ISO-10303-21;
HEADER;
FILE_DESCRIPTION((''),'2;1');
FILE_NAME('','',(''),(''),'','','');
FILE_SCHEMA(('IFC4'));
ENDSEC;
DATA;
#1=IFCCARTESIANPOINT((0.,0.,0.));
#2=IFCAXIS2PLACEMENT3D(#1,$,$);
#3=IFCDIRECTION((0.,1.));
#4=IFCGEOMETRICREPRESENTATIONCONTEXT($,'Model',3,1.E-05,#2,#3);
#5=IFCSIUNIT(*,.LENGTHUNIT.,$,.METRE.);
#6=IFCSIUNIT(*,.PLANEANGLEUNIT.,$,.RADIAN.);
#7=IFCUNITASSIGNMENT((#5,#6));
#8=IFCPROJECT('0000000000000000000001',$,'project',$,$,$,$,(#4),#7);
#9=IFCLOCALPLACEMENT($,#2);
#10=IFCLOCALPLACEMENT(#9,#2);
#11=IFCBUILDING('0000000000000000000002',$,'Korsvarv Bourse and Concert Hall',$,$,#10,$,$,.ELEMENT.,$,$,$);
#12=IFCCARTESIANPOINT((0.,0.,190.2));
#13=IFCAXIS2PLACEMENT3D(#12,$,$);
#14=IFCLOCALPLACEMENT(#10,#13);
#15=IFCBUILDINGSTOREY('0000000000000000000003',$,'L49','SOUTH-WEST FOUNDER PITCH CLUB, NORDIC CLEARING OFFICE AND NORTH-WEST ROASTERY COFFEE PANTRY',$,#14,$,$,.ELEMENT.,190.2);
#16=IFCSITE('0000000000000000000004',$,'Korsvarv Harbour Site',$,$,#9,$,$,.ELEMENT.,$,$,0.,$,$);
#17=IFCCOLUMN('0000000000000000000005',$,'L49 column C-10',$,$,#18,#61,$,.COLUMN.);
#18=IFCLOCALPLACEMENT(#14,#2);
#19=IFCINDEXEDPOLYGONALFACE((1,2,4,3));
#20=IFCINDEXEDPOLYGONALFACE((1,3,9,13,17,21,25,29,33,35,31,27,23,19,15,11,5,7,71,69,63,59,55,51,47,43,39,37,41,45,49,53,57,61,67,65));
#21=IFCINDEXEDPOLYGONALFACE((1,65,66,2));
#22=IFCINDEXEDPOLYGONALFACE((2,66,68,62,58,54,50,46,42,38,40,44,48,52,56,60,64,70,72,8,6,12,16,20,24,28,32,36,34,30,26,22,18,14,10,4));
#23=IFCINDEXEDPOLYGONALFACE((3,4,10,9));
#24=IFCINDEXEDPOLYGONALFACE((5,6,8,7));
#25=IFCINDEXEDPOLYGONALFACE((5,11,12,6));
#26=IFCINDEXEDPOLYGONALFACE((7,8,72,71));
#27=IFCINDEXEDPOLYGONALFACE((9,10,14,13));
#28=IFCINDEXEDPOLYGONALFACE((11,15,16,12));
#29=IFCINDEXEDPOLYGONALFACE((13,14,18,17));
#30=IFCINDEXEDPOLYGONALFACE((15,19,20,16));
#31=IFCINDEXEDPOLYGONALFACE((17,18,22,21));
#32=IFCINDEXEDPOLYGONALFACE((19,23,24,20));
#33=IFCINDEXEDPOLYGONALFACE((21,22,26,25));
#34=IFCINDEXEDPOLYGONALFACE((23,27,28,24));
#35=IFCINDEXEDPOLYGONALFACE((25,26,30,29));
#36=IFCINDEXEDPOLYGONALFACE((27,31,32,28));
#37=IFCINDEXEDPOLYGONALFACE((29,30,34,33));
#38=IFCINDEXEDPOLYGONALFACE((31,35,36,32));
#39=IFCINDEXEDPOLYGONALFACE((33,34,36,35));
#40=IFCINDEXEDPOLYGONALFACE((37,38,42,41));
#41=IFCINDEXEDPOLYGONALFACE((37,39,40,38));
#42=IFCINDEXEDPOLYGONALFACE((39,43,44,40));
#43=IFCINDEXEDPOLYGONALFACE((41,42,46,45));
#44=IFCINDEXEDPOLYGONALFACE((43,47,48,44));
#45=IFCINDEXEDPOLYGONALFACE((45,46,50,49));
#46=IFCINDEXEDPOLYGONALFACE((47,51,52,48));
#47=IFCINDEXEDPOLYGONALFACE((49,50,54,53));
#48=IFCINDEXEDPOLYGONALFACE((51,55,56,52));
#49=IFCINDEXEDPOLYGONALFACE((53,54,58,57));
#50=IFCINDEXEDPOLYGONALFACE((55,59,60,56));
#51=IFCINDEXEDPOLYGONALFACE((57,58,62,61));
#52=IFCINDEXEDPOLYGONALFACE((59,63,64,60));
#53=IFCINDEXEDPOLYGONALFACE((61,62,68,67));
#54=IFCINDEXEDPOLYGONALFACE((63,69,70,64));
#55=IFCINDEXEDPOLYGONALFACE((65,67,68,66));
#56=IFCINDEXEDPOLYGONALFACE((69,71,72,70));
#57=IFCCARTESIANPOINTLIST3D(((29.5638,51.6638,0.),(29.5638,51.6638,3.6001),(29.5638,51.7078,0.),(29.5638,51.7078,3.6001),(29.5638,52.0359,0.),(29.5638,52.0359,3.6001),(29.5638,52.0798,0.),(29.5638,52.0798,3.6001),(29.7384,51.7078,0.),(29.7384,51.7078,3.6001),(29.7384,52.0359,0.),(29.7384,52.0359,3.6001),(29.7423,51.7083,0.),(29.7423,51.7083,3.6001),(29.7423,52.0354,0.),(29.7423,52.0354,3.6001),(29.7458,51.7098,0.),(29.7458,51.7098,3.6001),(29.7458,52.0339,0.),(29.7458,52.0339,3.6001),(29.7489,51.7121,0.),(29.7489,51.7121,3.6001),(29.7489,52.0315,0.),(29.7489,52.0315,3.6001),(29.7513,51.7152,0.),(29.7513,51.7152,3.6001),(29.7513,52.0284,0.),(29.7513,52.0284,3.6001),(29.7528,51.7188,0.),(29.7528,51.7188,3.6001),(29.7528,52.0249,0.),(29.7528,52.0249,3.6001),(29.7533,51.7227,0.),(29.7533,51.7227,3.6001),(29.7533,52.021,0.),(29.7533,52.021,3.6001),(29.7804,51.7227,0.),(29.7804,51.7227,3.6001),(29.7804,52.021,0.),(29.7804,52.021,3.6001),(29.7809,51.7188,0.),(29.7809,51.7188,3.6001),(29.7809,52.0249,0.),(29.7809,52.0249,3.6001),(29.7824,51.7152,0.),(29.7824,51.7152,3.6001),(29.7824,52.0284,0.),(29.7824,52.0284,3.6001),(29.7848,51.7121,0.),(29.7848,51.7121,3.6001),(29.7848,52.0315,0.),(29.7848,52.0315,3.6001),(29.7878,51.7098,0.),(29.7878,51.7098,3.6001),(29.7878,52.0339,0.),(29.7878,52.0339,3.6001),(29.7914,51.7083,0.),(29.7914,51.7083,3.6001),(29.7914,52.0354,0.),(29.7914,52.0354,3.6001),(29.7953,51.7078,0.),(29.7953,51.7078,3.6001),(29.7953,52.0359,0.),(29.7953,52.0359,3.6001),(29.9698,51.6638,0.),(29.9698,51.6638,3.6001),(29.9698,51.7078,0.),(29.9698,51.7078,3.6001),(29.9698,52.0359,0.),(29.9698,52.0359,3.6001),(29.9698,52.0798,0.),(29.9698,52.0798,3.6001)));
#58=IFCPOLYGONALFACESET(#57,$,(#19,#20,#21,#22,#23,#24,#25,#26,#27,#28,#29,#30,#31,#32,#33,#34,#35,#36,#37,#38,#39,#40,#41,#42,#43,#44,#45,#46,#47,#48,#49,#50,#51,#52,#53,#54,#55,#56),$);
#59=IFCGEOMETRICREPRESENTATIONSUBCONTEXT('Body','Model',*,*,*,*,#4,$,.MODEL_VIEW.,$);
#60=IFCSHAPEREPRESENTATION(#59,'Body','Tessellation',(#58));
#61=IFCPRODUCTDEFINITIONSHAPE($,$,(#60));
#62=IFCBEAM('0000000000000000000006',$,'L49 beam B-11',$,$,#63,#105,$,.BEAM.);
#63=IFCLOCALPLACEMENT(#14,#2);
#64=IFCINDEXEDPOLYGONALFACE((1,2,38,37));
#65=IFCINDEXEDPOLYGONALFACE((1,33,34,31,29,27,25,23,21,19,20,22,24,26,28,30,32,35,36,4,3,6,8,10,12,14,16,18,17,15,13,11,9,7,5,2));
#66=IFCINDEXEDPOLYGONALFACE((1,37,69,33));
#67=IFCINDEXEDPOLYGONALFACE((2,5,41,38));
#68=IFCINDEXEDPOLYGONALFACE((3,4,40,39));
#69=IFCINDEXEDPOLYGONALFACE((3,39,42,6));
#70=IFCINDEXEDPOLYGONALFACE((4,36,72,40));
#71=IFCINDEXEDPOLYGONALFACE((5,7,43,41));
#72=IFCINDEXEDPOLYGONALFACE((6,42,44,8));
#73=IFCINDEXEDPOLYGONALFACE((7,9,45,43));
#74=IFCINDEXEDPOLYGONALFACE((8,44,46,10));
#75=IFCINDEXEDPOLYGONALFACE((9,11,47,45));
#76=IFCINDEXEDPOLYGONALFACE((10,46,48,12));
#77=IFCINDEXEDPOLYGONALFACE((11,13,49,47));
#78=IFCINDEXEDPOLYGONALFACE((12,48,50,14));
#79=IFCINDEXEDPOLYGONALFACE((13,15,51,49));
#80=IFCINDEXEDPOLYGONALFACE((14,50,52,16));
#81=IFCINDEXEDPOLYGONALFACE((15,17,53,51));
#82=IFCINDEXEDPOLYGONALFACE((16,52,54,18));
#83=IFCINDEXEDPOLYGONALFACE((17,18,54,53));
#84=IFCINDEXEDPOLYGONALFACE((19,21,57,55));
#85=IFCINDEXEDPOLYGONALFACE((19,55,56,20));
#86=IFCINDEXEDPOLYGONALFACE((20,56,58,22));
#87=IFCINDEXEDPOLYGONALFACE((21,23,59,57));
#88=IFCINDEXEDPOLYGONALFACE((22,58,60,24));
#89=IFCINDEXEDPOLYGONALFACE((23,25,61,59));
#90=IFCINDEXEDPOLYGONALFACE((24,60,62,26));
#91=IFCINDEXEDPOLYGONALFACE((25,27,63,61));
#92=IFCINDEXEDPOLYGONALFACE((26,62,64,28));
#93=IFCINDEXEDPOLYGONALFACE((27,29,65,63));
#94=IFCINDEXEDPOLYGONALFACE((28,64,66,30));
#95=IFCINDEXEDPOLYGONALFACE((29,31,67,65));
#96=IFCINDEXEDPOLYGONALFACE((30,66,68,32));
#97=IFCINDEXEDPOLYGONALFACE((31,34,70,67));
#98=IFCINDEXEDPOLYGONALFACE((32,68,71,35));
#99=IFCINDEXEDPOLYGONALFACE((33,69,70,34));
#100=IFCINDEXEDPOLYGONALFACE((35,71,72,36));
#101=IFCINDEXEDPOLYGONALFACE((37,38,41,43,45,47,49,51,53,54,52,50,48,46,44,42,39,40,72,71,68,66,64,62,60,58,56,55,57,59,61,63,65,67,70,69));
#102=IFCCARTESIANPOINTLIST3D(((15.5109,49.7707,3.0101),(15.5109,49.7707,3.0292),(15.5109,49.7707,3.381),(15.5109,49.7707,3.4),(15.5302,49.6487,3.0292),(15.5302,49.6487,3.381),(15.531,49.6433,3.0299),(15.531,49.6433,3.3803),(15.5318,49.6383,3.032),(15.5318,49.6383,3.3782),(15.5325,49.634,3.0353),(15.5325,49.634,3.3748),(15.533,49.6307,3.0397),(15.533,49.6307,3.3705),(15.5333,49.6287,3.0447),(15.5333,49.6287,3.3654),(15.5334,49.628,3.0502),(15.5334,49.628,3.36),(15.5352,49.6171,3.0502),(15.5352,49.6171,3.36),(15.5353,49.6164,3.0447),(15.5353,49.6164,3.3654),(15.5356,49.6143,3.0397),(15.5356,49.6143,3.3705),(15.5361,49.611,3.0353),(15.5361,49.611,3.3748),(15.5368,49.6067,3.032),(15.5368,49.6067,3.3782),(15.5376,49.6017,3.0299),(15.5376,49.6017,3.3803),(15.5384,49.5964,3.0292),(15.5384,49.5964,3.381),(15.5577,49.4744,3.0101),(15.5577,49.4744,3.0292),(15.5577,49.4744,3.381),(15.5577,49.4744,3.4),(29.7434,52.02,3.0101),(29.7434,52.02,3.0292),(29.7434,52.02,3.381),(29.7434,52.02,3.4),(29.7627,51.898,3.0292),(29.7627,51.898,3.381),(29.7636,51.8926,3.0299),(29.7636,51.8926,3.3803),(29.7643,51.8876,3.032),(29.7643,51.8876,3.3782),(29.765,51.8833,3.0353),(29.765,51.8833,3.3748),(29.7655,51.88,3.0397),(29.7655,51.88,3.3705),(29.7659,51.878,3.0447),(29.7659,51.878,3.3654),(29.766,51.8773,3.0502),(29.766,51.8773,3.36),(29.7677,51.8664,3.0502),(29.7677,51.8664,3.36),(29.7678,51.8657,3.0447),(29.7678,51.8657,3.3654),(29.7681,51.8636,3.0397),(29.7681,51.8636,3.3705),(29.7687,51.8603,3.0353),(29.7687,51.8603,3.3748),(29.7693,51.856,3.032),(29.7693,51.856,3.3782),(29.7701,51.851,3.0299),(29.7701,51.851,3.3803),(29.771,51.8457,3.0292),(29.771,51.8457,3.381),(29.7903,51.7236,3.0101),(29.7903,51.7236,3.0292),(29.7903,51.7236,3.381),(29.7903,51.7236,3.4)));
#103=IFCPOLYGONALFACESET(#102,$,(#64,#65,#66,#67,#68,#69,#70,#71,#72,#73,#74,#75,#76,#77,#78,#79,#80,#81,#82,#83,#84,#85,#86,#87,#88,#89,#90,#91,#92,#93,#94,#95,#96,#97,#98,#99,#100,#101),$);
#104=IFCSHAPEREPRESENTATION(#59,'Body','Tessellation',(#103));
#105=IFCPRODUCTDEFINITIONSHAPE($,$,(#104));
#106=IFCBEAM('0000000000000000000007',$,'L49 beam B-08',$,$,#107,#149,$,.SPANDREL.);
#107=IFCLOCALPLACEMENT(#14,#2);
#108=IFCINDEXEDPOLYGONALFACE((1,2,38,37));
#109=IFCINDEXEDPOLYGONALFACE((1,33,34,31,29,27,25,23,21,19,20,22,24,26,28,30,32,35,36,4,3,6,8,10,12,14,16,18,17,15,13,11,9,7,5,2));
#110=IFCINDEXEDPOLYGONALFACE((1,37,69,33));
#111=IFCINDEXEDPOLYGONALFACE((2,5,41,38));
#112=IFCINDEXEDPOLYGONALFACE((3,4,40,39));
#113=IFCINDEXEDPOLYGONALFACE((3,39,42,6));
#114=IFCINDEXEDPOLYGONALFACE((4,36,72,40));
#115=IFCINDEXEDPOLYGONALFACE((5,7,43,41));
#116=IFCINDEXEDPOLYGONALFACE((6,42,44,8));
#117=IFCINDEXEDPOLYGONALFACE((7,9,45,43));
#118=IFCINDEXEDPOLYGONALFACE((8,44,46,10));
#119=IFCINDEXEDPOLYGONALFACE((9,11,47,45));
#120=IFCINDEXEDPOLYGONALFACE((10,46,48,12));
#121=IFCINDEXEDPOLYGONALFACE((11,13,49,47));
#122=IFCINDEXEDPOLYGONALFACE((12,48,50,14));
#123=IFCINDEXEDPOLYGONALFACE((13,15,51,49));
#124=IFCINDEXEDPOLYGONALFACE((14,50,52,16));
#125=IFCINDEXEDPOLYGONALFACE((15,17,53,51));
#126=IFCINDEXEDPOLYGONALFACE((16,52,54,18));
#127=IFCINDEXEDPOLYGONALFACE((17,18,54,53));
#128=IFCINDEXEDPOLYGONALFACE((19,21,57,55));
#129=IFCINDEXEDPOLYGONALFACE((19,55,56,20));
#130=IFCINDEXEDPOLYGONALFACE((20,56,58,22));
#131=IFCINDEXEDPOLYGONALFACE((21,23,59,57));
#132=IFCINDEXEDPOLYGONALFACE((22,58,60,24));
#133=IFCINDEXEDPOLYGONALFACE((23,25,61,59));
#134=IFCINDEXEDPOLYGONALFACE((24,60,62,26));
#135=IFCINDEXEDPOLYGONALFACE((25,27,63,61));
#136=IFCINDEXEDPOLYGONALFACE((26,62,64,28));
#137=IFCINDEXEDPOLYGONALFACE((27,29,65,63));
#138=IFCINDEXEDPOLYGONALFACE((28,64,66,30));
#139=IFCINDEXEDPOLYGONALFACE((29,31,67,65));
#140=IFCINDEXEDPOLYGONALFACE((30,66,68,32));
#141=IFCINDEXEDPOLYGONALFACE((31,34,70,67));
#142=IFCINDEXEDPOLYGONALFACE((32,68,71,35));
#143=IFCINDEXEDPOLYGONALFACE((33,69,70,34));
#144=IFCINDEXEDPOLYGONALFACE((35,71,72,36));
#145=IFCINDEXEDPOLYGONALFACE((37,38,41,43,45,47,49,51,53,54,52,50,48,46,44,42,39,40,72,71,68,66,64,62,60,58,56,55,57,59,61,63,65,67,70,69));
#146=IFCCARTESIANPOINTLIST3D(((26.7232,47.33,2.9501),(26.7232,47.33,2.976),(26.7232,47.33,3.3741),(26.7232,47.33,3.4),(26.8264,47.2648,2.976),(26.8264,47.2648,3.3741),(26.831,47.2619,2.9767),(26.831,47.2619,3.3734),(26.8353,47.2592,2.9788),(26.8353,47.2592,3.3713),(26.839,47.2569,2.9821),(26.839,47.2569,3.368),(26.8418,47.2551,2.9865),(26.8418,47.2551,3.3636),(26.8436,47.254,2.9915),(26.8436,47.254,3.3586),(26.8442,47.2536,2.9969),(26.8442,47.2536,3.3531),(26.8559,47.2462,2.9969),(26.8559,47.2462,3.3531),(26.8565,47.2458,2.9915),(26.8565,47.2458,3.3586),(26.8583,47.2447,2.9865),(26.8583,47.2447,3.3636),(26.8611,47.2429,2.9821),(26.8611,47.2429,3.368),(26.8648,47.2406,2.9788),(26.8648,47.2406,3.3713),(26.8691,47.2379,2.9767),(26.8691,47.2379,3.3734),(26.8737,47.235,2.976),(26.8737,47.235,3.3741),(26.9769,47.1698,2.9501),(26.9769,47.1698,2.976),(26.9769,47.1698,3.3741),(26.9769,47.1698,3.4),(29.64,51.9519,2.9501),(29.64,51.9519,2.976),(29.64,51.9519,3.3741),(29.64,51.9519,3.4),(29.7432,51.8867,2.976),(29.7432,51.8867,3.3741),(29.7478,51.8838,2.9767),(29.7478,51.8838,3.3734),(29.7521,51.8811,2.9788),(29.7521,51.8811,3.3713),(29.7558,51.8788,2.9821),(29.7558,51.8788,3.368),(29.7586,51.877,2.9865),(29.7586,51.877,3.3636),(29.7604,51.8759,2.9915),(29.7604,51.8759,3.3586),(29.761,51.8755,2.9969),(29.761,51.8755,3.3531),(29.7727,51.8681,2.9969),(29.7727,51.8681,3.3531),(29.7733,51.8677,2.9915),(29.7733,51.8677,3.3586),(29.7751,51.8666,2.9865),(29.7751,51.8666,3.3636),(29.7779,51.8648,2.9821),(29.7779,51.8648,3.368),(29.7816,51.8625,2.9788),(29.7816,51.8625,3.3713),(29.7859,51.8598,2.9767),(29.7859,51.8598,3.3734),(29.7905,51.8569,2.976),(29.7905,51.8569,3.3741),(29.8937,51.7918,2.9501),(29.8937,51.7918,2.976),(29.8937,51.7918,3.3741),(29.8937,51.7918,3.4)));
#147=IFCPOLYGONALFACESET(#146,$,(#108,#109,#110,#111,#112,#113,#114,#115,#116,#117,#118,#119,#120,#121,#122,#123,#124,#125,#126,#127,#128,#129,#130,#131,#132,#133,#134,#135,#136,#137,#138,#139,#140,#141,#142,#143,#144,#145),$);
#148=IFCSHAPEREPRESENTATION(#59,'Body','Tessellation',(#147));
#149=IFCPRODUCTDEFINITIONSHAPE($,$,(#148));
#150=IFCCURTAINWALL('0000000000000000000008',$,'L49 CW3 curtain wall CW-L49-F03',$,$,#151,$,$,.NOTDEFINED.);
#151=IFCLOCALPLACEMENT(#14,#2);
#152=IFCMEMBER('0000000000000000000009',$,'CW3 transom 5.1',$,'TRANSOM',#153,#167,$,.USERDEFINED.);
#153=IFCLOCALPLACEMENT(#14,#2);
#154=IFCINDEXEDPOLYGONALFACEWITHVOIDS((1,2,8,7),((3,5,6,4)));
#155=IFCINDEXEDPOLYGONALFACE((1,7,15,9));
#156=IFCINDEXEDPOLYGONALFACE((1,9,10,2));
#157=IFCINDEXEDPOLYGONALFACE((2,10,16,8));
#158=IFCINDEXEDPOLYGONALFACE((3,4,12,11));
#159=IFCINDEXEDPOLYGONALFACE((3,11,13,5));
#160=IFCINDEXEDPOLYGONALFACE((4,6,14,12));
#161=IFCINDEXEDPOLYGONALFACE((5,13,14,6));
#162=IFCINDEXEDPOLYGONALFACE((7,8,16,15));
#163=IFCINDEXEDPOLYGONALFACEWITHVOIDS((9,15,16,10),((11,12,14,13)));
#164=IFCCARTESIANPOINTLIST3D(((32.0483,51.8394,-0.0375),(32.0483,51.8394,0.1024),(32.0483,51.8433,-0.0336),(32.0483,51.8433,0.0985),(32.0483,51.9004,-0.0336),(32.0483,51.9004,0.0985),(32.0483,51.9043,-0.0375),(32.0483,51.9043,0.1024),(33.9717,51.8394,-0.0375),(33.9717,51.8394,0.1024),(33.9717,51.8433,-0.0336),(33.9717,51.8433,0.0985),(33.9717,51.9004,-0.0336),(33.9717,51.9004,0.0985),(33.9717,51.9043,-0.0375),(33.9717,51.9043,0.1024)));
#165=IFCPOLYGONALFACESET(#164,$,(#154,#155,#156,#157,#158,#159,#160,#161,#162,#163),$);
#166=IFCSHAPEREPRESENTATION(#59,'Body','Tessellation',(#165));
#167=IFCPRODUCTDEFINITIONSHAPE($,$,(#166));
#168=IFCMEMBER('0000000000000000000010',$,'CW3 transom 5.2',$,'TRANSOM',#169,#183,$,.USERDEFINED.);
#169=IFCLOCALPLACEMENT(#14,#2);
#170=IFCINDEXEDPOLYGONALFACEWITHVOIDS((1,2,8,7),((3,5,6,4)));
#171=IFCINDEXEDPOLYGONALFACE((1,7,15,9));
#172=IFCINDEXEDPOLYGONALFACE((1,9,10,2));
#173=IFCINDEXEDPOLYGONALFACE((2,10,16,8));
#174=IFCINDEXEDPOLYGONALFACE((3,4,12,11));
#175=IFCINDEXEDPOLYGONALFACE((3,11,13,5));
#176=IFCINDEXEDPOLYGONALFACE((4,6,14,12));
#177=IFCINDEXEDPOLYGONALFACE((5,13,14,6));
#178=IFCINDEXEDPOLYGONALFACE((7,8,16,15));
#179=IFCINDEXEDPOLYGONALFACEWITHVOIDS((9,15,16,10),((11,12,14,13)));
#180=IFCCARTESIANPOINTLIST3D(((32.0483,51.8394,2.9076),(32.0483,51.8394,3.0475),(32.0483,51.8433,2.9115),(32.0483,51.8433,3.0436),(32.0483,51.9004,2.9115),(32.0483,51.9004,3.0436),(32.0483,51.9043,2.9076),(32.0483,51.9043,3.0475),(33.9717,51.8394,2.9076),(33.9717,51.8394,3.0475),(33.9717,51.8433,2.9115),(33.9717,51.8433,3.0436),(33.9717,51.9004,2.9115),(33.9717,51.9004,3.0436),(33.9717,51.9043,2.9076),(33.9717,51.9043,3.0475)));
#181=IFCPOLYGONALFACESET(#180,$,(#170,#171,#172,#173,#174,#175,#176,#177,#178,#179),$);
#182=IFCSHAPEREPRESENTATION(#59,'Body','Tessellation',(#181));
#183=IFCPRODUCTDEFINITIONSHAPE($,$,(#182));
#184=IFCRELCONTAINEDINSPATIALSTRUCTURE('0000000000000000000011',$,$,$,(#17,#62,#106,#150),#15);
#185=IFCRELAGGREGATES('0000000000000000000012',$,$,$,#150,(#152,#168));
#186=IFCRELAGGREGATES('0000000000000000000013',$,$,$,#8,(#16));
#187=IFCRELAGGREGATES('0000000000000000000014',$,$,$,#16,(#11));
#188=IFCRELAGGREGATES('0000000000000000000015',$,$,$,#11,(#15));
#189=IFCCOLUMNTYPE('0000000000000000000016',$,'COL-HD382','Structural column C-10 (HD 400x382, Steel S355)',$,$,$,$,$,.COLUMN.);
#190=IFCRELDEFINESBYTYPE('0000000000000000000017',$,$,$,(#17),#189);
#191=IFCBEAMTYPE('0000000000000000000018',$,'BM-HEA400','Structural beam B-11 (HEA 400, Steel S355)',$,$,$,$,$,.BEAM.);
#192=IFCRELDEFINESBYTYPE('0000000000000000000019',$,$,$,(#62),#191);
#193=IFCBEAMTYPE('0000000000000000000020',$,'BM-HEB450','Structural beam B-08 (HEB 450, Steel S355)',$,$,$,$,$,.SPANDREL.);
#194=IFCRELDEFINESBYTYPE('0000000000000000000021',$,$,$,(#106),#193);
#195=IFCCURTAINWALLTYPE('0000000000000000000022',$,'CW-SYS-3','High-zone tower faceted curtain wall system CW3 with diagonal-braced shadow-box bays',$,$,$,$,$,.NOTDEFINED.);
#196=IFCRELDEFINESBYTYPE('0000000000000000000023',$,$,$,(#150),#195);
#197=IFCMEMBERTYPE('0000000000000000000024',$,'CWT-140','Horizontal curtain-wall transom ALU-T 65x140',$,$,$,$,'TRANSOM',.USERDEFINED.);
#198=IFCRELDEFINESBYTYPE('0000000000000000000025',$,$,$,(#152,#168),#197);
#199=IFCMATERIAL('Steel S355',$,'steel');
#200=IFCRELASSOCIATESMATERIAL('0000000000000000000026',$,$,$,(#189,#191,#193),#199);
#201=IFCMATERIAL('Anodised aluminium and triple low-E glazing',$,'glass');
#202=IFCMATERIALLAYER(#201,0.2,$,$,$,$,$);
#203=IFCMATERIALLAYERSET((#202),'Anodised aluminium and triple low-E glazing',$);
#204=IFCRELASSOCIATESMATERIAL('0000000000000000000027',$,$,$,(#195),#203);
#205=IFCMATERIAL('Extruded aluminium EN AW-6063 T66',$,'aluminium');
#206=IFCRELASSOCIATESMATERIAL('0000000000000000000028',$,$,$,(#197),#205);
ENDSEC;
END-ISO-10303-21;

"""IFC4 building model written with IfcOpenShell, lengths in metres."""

from ifc_helpers import new_model, si_unit, direction, frame, origin, origin_2d, place, context, subcontext, project, spatial, hollow_rectangle, i_section, extrude, source, transform, mapped, material, layer, layer_set, material_profile, profile_set, type_object, element, aggregate, save


model = new_model("IFC4")

# Units and contexts
model_context = context("Model", 3, precision=1e-05, world=origin(), true_north=direction((0.0, 1.0)))
body_context = subcontext(model_context, "Body", "Model", "MODEL_VIEW")
ifc_project = project(units=[si_unit("LENGTHUNIT", "METRE"), si_unit("PLANEANGLEUNIT", "RADIAN")], contexts=[model_context])

# Site, building, storey
site_placement = place(None, origin())
site = spatial("IfcSite", under=ifc_project, at=site_placement, Name="Korsvarv Harbour Site", CompositionType="ELEMENT", RefElevation=0.0)
building_placement = place(site_placement, origin())
building = spatial("IfcBuilding", under=site, at=building_placement, Name="Korsvarv Bourse and Concert Hall", CompositionType="ELEMENT")
storey_placement = place(building_placement, frame((0.0, 0.0, 190.2)))
storey = spatial("IfcBuildingStorey", under=building, at=storey_placement, Name="L49", Description="SOUTH-WEST FOUNDER PITCH CLUB, NORDIC CLEARING OFFICE AND NORTH-WEST ROASTERY COFFEE PANTRY", CompositionType="ELEMENT", Elevation=190.2)

# Column
ifc_material_1 = material(Name="Steel S355", Category="steel")
ifc_material_profile_1 = material_profile(ifc_material_1, i_section(OverallWidth=0.406, OverallDepth=0.416, WebThickness=0.0271, FlangeThickness=0.0439, FilletRadius=0.0149, at=origin_2d()), Name="HD 400x382")
ifc_profile_set_1 = profile_set([ifc_material_profile_1], Name="Steel S355")
column_type = type_object("IfcColumnType", Name="COL-HD382", Description="Structural column C-10 (HD 400x382, Steel S355)", PredefinedType="COLUMN", material=ifc_profile_set_1)
shared_shape_1 = source(origin(), body_context, "Body", "SweptSolid", [
    extrude(i_section(OverallWidth=0.406, OverallDepth=0.416, WebThickness=0.0271, FlangeThickness=0.0439, FilletRadius=0.0149, at=origin_2d()), origin(), (0.0, 0.0, 1.0), 3.6001),
])
column_placement = place(storey_placement, frame((29.7668, 51.8718, 0.0), z_axis=(0.0, 0.0, 1.0), x_axis=(1.0, 0.0, 0.0)))
element("IfcColumn", 1, at=column_placement, inside=storey, type_object=column_type, Name="L49 column C-10", PredefinedType="COLUMN", context=body_context, shape_type="MappedRepresentation", body=[
    mapped(shared_shape_1, transform((0.0, 0.0, 0.0), scale=1.0)),
])

# Beams
ifc_material_profile_2 = material_profile(ifc_material_1, i_section(OverallWidth=0.3, OverallDepth=0.3899, WebThickness=0.011, FlangeThickness=0.019, FilletRadius=0.021, at=origin_2d()), Name="HEA 400")
ifc_profile_set_2 = profile_set([ifc_material_profile_2], Name="Steel S355")
beam_type_1 = type_object("IfcBeamType", Name="BM-HEA400", Description="Structural beam B-11 (HEA 400, Steel S355)", PredefinedType="BEAM", material=ifc_profile_set_2)
shared_shape_2 = source(origin(), body_context, "Body", "SweptSolid", [
    extrude(i_section(OverallWidth=0.3, OverallDepth=0.3899, WebThickness=0.011, FlangeThickness=0.019, FilletRadius=0.021, at=origin_2d()), origin(), (0.0, 0.0, 1.0), 14.4092),
])
beam_1_placement = place(storey_placement, frame((29.7668, 51.8718, 3.2051), z_axis=(-0.987741, -0.156101, 0.0), x_axis=(0.156101, -0.987741, 0.0)))
element("IfcBeam", 2, at=beam_1_placement, inside=storey, type_object=beam_type_1, Name="L49 beam B-11", PredefinedType="BEAM", context=body_context, shape_type="MappedRepresentation", body=[
    mapped(shared_shape_2, transform((0.0, 0.0, 0.0), scale=1.0)),
])
ifc_material_profile_3 = material_profile(ifc_material_1, i_section(OverallWidth=0.3, OverallDepth=0.45, WebThickness=0.0139, FlangeThickness=0.0259, FilletRadius=0.021, at=origin_2d()), Name="HEB 450")
ifc_profile_set_3 = profile_set([ifc_material_profile_3], Name="Steel S355")
beam_type_2 = type_object("IfcBeamType", Name="BM-HEB450", Description="Structural beam B-08 (HEB 450, Steel S355)", PredefinedType="SPANDREL", material=ifc_profile_set_3)
shared_shape_3 = source(origin(), body_context, "Body", "SweptSolid", [
    extrude(i_section(OverallWidth=0.3, OverallDepth=0.45, WebThickness=0.0139, FlangeThickness=0.0259, FilletRadius=0.021, at=origin_2d()), origin(), (0.0, 0.0, 1.0), 5.4653),
])
beam_2_placement = place(storey_placement, frame((29.7668, 51.8718, 3.175), z_axis=(-0.533692, -0.845679, 0.0), x_axis=(0.845679, -0.533692, 0.0)))
element("IfcBeam", 3, at=beam_2_placement, inside=storey, type_object=beam_type_2, Name="L49 beam B-08", PredefinedType="SPANDREL", context=body_context, shape_type="MappedRepresentation", body=[
    mapped(shared_shape_3, transform((0.0, 0.0, 0.0), scale=1.0)),
])

# Curtain wall, members
ifc_material_2 = material(Name="Anodised aluminium and triple low-E glazing", Category="glass")
ifc_layer_1 = layer(ifc_material_2, 0.2)
ifc_layer_set_1 = layer_set([ifc_layer_1], Name="Anodised aluminium and triple low-E glazing")
curtain_wall_type = type_object("IfcCurtainWallType", Name="CW-SYS-3", Description="High-zone tower faceted curtain wall system CW3 with diagonal-braced shadow-box bays", PredefinedType="NOTDEFINED", material=ifc_layer_set_1)
curtain_wall_placement = place(storey_placement, origin())
curtain_wall = element("IfcCurtainWall", 4, at=curtain_wall_placement, inside=storey, type_object=curtain_wall_type, Name="L49 CW3 curtain wall CW-L49-F03", PredefinedType="NOTDEFINED")
ifc_material_3 = material(Name="Extruded aluminium EN AW-6063 T66", Category="aluminium")
ifc_material_profile_4 = material_profile(ifc_material_3, hollow_rectangle(XDim=0.0649, YDim=0.1399, WallThickness=0.0039, at=origin_2d()), Name="ALU-T 65x140")
ifc_profile_set_4 = profile_set([ifc_material_profile_4], Name="Extruded aluminium EN AW-6063 T66")
member_type_1 = type_object("IfcMemberType", Name="CWT-140", Description="Horizontal curtain-wall transom ALU-T 65x140", ElementType="TRANSOM", PredefinedType="USERDEFINED", material=ifc_profile_set_4)
shared_shape_4 = source(origin(), body_context, "Body", "SweptSolid", [
    extrude(hollow_rectangle(XDim=0.0649, YDim=0.1399, WallThickness=0.0039, at=origin_2d()), origin(), (0.0, 0.0, 1.0), 1.9233),
])
member_1_placement = place(storey_placement, frame((33.9717, 51.8718, 0.0325), z_axis=(-1.0, 0.0, 0.0), x_axis=(0.0, -1.0, 0.0)))
member_1 = element("IfcMember", 5, at=member_1_placement, type_object=member_type_1, Name="CW3 transom 5.1", ObjectType="TRANSOM", PredefinedType="USERDEFINED", context=body_context, shape_type="MappedRepresentation", body=[
    mapped(shared_shape_4, transform((0.0, 0.0, 0.0), scale=1.0)),
])
member_2_placement = place(storey_placement, frame((33.9717, 51.8718, 2.9775), z_axis=(-1.0, 0.0, 0.0), x_axis=(0.0, -1.0, 0.0)))
member_2 = element("IfcMember", 6, at=member_2_placement, type_object=member_type_1, Name="CW3 transom 5.2", ObjectType="TRANSOM", PredefinedType="USERDEFINED", context=body_context, shape_type="MappedRepresentation", body=[
    mapped(shared_shape_4, transform((0.0, 0.0, 0.0), scale=1.0)),
])
aggregate(curtain_wall, [member_1, member_2])

save(model, "model.ifc")
